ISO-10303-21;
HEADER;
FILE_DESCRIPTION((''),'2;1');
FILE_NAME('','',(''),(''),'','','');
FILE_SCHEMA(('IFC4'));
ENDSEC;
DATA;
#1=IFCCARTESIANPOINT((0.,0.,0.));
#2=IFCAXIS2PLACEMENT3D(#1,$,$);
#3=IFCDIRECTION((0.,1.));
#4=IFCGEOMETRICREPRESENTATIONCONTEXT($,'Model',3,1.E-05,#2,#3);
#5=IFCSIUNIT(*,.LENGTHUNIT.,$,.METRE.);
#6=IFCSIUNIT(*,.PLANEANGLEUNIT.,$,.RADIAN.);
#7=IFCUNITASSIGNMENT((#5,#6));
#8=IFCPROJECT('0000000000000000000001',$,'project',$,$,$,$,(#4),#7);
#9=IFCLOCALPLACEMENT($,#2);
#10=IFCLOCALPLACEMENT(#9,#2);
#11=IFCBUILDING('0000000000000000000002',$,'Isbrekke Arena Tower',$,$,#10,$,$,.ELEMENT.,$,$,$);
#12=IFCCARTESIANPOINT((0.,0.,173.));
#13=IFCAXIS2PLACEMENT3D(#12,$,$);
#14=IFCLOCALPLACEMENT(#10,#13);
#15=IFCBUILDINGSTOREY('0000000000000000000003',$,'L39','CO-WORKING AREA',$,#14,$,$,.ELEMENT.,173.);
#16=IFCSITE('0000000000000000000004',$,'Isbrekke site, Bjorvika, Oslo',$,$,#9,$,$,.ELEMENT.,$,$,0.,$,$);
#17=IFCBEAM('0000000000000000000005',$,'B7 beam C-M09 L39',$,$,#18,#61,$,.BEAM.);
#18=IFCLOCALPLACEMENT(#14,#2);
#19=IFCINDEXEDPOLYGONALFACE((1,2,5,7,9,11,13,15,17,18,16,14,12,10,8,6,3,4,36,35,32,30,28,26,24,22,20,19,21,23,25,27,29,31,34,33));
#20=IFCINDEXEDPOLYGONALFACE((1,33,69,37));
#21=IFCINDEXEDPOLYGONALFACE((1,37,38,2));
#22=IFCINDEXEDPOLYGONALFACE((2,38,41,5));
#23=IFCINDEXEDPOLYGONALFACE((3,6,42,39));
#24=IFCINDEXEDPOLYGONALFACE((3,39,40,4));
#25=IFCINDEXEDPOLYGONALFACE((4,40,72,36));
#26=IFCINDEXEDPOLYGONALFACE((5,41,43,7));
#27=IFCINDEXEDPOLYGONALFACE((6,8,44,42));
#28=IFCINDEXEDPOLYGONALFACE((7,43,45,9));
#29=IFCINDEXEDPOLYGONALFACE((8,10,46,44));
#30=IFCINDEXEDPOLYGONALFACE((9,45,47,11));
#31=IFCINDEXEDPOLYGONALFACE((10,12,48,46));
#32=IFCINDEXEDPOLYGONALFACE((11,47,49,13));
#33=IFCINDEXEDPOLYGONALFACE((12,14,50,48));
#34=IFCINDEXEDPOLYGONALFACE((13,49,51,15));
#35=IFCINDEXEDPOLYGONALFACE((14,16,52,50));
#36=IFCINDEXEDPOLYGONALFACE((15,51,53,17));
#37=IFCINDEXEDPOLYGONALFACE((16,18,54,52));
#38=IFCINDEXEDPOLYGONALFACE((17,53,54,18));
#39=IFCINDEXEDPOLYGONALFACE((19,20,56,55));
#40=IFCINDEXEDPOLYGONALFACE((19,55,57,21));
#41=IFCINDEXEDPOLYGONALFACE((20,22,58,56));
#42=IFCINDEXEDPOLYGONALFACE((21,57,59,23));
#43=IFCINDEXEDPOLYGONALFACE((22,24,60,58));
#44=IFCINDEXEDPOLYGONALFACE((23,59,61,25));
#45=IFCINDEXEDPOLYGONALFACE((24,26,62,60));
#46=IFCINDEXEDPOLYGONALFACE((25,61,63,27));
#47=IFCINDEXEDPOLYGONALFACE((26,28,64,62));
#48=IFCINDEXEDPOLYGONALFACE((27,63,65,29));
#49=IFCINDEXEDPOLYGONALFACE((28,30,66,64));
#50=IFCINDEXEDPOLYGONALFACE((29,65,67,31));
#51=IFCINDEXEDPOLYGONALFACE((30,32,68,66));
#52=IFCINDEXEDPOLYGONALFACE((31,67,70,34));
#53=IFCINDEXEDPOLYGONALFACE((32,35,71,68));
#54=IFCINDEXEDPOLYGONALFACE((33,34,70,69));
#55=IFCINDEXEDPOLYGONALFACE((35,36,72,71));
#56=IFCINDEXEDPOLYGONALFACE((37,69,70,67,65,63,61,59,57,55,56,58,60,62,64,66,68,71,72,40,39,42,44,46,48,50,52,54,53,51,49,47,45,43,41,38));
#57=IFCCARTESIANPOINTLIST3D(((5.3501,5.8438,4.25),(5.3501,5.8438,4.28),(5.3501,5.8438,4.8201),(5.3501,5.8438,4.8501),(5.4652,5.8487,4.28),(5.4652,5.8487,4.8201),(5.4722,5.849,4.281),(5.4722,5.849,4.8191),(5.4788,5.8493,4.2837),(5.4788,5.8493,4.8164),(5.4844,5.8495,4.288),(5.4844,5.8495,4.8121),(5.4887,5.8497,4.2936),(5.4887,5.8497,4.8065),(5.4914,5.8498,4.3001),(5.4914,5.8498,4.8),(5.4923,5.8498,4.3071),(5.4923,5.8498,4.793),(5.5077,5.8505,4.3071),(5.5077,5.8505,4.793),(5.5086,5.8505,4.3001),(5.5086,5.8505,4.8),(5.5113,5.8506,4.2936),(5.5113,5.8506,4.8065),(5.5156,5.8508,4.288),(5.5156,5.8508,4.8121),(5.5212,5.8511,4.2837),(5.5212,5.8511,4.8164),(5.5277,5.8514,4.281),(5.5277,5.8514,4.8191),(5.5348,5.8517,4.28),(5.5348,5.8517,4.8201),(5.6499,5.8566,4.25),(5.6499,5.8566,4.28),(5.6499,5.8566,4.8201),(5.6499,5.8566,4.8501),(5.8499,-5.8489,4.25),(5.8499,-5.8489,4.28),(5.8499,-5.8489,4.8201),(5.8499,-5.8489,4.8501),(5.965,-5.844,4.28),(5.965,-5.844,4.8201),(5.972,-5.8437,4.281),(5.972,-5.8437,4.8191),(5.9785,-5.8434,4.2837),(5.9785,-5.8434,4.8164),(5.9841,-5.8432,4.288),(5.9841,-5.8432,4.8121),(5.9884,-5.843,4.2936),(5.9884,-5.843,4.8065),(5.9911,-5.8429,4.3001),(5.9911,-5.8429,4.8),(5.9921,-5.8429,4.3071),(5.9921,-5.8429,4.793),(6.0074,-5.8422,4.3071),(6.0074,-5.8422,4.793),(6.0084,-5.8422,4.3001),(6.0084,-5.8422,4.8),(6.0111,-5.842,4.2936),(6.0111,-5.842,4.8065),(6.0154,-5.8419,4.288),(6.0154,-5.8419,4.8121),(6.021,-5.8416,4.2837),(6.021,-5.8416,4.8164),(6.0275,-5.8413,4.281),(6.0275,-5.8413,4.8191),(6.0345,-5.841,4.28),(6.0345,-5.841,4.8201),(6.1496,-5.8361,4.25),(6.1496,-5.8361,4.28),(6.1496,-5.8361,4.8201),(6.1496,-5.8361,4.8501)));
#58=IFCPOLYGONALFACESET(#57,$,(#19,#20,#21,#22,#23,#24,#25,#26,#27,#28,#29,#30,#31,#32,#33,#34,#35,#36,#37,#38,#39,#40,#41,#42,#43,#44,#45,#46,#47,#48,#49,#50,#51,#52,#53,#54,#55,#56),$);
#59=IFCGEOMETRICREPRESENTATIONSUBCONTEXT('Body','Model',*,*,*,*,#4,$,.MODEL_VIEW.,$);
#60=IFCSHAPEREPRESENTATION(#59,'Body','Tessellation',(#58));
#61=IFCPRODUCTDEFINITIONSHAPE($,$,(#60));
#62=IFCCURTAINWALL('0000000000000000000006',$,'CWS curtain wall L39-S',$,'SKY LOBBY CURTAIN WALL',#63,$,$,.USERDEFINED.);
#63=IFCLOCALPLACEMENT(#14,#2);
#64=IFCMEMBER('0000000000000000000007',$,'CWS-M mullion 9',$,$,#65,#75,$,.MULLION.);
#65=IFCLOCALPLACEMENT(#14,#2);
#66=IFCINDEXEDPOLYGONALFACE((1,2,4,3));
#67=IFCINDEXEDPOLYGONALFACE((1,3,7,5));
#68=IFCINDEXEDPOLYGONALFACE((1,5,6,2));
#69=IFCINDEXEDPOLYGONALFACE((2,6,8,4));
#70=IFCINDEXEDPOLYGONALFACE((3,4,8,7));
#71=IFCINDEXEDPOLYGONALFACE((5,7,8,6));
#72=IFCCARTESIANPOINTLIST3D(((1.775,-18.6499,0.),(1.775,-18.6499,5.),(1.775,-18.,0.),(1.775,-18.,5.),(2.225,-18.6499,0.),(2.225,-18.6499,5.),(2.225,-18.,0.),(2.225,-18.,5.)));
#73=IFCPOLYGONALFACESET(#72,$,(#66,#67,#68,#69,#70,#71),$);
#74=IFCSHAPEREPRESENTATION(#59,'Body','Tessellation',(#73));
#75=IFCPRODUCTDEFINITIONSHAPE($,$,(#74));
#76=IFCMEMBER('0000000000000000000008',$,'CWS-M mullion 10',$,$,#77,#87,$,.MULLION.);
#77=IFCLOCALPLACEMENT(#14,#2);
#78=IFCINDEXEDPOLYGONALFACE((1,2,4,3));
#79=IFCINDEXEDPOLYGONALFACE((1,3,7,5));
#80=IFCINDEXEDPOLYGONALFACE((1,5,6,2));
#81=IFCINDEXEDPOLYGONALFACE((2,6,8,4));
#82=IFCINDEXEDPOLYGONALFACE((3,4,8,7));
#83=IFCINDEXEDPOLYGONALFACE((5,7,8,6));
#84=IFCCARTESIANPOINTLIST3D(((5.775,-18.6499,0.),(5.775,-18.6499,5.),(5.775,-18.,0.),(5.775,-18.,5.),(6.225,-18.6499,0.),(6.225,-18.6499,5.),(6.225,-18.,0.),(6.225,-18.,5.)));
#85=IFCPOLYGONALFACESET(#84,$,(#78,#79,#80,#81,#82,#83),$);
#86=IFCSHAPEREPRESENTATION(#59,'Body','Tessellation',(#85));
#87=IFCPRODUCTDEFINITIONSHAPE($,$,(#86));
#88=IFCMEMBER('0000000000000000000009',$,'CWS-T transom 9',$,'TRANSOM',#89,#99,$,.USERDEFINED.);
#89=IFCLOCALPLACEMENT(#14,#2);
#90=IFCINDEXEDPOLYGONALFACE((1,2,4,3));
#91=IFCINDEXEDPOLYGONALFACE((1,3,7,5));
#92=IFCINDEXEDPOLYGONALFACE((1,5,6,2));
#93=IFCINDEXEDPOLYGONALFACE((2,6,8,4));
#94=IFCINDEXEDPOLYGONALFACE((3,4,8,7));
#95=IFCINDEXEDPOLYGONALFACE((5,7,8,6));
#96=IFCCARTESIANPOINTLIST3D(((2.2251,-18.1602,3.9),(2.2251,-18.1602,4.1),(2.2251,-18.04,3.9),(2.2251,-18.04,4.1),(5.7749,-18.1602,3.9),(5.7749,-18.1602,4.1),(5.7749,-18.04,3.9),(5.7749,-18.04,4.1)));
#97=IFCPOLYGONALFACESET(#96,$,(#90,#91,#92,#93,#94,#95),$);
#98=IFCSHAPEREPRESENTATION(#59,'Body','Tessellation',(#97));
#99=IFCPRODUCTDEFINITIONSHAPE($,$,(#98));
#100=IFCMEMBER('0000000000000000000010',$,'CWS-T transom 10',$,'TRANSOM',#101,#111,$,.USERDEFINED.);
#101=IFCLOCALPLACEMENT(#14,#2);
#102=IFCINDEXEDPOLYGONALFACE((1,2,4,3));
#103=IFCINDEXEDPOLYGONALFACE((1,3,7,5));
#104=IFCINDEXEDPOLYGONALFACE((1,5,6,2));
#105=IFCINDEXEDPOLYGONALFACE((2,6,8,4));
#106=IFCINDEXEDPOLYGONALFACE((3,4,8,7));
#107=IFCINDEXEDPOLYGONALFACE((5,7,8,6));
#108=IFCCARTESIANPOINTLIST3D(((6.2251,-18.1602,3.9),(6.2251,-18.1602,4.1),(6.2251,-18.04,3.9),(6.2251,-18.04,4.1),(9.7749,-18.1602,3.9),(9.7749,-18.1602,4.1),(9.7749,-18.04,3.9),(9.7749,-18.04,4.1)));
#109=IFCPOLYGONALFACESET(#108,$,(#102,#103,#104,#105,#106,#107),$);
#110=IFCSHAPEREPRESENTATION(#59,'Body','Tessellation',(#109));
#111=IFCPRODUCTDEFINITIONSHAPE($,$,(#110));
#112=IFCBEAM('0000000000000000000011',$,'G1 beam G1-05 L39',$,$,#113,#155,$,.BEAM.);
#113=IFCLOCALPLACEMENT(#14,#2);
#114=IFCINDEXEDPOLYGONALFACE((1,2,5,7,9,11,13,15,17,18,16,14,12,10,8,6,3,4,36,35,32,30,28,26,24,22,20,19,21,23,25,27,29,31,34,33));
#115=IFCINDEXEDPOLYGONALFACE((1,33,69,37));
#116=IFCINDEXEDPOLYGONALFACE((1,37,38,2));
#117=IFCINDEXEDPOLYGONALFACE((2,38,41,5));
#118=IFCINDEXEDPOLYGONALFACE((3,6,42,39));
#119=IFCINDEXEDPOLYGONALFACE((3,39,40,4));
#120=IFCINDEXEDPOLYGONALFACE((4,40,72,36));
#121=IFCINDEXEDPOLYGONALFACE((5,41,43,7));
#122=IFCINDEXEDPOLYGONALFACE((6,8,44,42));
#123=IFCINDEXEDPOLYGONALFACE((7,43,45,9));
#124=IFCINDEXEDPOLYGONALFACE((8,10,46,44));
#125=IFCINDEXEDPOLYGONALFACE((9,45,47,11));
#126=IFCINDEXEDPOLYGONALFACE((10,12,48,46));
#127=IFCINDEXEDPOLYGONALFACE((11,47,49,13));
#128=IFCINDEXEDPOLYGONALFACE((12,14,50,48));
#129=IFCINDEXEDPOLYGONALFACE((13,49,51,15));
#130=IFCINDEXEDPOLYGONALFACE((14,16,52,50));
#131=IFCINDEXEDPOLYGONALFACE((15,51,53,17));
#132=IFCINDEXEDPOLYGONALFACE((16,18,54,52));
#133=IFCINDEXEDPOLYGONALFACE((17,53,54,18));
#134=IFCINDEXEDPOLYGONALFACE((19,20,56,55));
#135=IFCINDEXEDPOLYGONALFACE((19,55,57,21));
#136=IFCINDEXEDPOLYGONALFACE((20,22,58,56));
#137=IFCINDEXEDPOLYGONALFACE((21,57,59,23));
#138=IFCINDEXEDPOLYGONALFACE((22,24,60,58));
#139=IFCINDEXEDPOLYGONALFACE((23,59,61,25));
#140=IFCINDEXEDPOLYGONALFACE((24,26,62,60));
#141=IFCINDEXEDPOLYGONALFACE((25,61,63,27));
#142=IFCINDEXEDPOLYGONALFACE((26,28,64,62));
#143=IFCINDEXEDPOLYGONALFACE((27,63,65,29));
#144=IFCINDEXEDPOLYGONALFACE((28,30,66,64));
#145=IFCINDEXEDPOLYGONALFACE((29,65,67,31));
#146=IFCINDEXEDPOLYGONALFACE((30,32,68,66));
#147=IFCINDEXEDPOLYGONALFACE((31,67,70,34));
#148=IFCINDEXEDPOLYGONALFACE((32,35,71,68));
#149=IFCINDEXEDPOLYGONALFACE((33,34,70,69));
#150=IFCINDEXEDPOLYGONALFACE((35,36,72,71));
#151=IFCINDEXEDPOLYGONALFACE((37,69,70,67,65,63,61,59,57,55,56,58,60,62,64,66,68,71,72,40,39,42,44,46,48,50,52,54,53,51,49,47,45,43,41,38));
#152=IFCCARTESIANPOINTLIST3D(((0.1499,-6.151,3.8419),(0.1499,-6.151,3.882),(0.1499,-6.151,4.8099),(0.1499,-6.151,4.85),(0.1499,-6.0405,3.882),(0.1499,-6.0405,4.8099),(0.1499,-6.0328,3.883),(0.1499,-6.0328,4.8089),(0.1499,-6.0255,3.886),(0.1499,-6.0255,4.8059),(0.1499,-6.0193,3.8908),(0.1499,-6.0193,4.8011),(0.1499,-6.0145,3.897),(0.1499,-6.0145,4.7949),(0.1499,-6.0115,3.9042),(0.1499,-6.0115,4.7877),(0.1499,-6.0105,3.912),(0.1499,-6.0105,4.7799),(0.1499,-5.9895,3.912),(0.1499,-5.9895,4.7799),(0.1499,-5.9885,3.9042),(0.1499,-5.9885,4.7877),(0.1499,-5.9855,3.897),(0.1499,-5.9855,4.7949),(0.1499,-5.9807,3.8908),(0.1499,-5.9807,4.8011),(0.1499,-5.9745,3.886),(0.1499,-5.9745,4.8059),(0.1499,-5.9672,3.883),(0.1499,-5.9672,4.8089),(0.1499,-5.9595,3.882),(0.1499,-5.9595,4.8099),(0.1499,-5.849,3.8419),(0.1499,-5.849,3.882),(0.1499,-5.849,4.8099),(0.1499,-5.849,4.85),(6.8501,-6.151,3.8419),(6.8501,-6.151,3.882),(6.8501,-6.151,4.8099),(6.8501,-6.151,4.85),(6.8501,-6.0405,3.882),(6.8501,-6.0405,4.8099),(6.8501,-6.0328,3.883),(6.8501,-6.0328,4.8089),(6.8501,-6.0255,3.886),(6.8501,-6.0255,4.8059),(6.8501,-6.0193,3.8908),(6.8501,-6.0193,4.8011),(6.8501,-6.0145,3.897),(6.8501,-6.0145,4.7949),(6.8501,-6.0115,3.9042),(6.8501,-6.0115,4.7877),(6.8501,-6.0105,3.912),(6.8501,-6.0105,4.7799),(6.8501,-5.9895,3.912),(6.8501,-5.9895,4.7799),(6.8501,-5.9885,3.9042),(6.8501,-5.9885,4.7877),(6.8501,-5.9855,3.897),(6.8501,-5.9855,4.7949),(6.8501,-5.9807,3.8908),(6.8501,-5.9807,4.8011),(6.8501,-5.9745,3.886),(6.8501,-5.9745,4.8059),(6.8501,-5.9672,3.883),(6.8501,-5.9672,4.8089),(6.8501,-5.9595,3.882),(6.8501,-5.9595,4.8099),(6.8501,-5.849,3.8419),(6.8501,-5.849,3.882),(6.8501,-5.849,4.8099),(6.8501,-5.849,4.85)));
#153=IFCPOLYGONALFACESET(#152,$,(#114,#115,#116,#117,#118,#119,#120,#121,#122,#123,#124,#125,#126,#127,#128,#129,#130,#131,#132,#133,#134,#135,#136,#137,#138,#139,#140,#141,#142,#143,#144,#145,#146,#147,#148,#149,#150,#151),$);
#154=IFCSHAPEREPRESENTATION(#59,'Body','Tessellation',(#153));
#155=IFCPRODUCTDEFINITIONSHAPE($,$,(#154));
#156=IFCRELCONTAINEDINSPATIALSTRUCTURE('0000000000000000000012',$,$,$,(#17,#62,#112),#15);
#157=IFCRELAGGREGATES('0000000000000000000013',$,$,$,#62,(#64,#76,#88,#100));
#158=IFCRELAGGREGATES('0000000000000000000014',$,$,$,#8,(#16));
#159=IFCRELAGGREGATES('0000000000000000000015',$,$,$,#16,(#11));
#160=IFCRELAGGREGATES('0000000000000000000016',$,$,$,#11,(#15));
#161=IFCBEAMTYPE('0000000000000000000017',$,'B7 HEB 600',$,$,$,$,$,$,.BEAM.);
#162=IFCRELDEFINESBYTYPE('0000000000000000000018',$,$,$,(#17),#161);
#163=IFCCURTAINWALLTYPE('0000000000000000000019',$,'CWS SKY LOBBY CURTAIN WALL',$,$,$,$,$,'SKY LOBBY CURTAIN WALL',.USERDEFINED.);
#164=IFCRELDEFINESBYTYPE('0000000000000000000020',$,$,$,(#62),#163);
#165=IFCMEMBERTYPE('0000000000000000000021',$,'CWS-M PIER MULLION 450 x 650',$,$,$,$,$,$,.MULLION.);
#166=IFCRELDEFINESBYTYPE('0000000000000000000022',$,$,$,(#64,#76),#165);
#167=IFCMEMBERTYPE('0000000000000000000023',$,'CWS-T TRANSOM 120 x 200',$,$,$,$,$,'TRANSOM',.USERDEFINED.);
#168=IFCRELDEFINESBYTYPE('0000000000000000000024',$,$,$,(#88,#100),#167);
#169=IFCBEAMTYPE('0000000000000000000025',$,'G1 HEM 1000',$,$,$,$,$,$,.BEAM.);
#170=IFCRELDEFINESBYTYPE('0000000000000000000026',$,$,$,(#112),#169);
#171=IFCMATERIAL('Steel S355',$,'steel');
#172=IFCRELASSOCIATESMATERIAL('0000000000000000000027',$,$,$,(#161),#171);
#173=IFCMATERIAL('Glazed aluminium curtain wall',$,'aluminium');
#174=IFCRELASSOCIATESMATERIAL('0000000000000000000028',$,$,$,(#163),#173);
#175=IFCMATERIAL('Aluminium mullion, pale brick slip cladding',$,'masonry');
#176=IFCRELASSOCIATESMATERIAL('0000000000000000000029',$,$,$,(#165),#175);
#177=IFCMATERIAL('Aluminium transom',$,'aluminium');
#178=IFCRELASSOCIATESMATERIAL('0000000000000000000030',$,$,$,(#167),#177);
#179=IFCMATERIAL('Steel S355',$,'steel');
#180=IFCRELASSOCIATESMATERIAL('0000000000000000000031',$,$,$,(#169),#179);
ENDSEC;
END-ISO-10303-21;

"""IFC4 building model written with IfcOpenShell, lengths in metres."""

from ifc_helpers import new_model, si_unit, direction, frame, origin, origin_2d, place, context, subcontext, project, spatial, rectangle, i_section, extrude, material, material_profile, profile_set, type_object, element, aggregate, save


model = new_model("IFC4")

# Units and contexts
model_context = context("Model", 3, precision=1e-05, world=origin(), true_north=direction((0.0, 1.0)))
body_context = subcontext(model_context, "Body", "Model", "MODEL_VIEW")
ifc_project = project(units=[si_unit("LENGTHUNIT", "METRE"), si_unit("PLANEANGLEUNIT", "RADIAN")], contexts=[model_context])

# Site, building, storey
site_placement = place(None, origin())
site = spatial("IfcSite", under=ifc_project, at=site_placement, Name="Isbrekke site, Bjorvika, Oslo", CompositionType="ELEMENT", RefElevation=0.0)
building_placement = place(site_placement, origin())
building = spatial("IfcBuilding", under=site, at=building_placement, Name="Isbrekke Arena Tower", CompositionType="ELEMENT")
storey_placement = place(building_placement, frame((0.0, 0.0, 173.0)))
storey = spatial("IfcBuildingStorey", under=building, at=storey_placement, Name="L39", Description="CO-WORKING AREA", CompositionType="ELEMENT", Elevation=173.0)

# Beam
ifc_material_1 = material(Name="Steel S355", Category="steel")
ifc_material_profile_1 = material_profile(ifc_material_1, i_section(OverallWidth=0.3, OverallDepth=0.6001, WebThickness=0.0154, FlangeThickness=0.03, FilletRadius=0.0271, at=origin_2d()), Name="HEB 600")
ifc_profile_set_1 = profile_set([ifc_material_profile_1], Name="Steel S355")
beam_type_1 = type_object("IfcBeamType", Name="B7 HEB 600", PredefinedType="BEAM", material=ifc_profile_set_1)
beam_1_placement = place(storey_placement, frame((5.9998, -5.8425, 4.55), z_axis=(-0.042702, 0.999088, 0.0), x_axis=(-0.999088, -0.042702, 0.0)))
element("IfcBeam", 1, at=beam_1_placement, inside=storey, type_object=beam_type_1, Name="B7 beam C-M09 L39", PredefinedType="BEAM", context=body_context, shape_type="SweptSolid", body=[
    extrude(i_section(OverallWidth=0.3, OverallDepth=0.6001, WebThickness=0.0154, FlangeThickness=0.03, FilletRadius=0.0271, at=origin_2d()), origin(), (0.0, 0.0, 1.0), 11.7034),
])

# Curtain wall, members
ifc_material_2 = material(Name="Glazed aluminium curtain wall", Category="aluminium")
curtain_wall_type = type_object("IfcCurtainWallType", Name="CWS SKY LOBBY CURTAIN WALL", ElementType="SKY LOBBY CURTAIN WALL", PredefinedType="USERDEFINED", material=ifc_material_2)
curtain_wall_placement = place(storey_placement, origin())
curtain_wall = element("IfcCurtainWall", 2, at=curtain_wall_placement, inside=storey, type_object=curtain_wall_type, Name="CWS curtain wall L39-S", ObjectType="SKY LOBBY CURTAIN WALL", PredefinedType="USERDEFINED")
ifc_material_3 = material(Name="Aluminium mullion, pale brick slip cladding", Category="masonry")
ifc_material_profile_2 = material_profile(ifc_material_3, rectangle(XDim=0.45, YDim=0.6499, at=origin_2d()), Name="PIER 450X650")
ifc_profile_set_2 = profile_set([ifc_material_profile_2], Name="Aluminium mullion, pale brick slip cladding")
member_type_1 = type_object("IfcMemberType", Name="CWS-M PIER MULLION 450 x 650", PredefinedType="MULLION", material=ifc_profile_set_2)
member_1_placement = place(storey_placement, frame((2.0, -18.325, 0.0), z_axis=(0.0, 0.0, 1.0), x_axis=(1.0, 0.0, 0.0)))
member_1 = element("IfcMember", 3, at=member_1_placement, type_object=member_type_1, Name="CWS-M mullion 9", PredefinedType="MULLION", context=body_context, shape_type="SweptSolid", body=[
    extrude(rectangle(XDim=0.45, YDim=0.6499, at=origin_2d()), origin(), (0.0, 0.0, 1.0), 5.0),
])
member_2_placement = place(storey_placement, frame((6.0, -18.325, 0.0), z_axis=(0.0, 0.0, 1.0), x_axis=(1.0, 0.0, 0.0)))
member_2 = element("IfcMember", 4, at=member_2_placement, type_object=member_type_1, Name="CWS-M mullion 10", PredefinedType="MULLION", context=body_context, shape_type="SweptSolid", body=[
    extrude(rectangle(XDim=0.45, YDim=0.6499, at=origin_2d()), origin(), (0.0, 0.0, 1.0), 5.0),
])
ifc_material_4 = material(Name="Aluminium transom", Category="aluminium")
ifc_material_profile_3 = material_profile(ifc_material_4, rectangle(XDim=0.1201, YDim=0.2, at=origin_2d()), Name="TRANSOM 120X200")
ifc_profile_set_3 = profile_set([ifc_material_profile_3], Name="Aluminium transom")
member_type_2 = type_object("IfcMemberType", Name="CWS-T TRANSOM 120 x 200", ElementType="TRANSOM", PredefinedType="USERDEFINED", material=ifc_profile_set_3)
member_3_placement = place(storey_placement, frame((2.2251, -18.1001, 4.0), z_axis=(1.0, 0.0, 0.0), x_axis=(0.0, 1.0, 0.0)))
member_3 = element("IfcMember", 5, at=member_3_placement, type_object=member_type_2, Name="CWS-T transom 9", ObjectType="TRANSOM", PredefinedType="USERDEFINED", context=body_context, shape_type="SweptSolid", body=[
    extrude(rectangle(XDim=0.1201, YDim=0.2, at=origin_2d()), origin(), (0.0, 0.0, 1.0), 3.5498),
])
member_4_placement = place(storey_placement, frame((6.2251, -18.1001, 4.0), z_axis=(1.0, 0.0, 0.0), x_axis=(0.0, 1.0, 0.0)))
member_4 = element("IfcMember", 6, at=member_4_placement, type_object=member_type_2, Name="CWS-T transom 10", ObjectType="TRANSOM", PredefinedType="USERDEFINED", context=body_context, shape_type="SweptSolid", body=[
    extrude(rectangle(XDim=0.1201, YDim=0.2, at=origin_2d()), origin(), (0.0, 0.0, 1.0), 3.5498),
])

# Beam
ifc_material_5 = material(Name="Steel S355", Category="steel")
ifc_material_profile_4 = material_profile(ifc_material_5, i_section(OverallWidth=0.302, OverallDepth=1.0081, WebThickness=0.021, FlangeThickness=0.04, FilletRadius=0.03, at=origin_2d()), Name="HEM 1000")
ifc_profile_set_4 = profile_set([ifc_material_profile_4], Name="Steel S355")
beam_type_2 = type_object("IfcBeamType", Name="G1 HEM 1000", PredefinedType="BEAM", material=ifc_profile_set_4)
for number, where, z_axis, x_axis, name in (
    (7, (0.1499, -6.0, 4.3459), (1.0, 0.0, 0.0), (0.0, 1.0, 0.0), "G1 beam G1-05 L39"),
):
    element("IfcBeam", number, at=place(storey_placement, frame(where, z_axis=z_axis, x_axis=x_axis)), inside=storey, type_object=beam_type_2, Name=name, PredefinedType="BEAM", context=body_context, shape_type="SweptSolid", body=[
        extrude(i_section(OverallWidth=0.302, OverallDepth=1.0081, WebThickness=0.021, FlangeThickness=0.04, FilletRadius=0.03, at=origin_2d()), origin(), (0.0, 0.0, 1.0), 6.7002),
    ])

aggregate(curtain_wall, [member_1, member_2, member_3, member_4])

save(model, "model.ifc")
